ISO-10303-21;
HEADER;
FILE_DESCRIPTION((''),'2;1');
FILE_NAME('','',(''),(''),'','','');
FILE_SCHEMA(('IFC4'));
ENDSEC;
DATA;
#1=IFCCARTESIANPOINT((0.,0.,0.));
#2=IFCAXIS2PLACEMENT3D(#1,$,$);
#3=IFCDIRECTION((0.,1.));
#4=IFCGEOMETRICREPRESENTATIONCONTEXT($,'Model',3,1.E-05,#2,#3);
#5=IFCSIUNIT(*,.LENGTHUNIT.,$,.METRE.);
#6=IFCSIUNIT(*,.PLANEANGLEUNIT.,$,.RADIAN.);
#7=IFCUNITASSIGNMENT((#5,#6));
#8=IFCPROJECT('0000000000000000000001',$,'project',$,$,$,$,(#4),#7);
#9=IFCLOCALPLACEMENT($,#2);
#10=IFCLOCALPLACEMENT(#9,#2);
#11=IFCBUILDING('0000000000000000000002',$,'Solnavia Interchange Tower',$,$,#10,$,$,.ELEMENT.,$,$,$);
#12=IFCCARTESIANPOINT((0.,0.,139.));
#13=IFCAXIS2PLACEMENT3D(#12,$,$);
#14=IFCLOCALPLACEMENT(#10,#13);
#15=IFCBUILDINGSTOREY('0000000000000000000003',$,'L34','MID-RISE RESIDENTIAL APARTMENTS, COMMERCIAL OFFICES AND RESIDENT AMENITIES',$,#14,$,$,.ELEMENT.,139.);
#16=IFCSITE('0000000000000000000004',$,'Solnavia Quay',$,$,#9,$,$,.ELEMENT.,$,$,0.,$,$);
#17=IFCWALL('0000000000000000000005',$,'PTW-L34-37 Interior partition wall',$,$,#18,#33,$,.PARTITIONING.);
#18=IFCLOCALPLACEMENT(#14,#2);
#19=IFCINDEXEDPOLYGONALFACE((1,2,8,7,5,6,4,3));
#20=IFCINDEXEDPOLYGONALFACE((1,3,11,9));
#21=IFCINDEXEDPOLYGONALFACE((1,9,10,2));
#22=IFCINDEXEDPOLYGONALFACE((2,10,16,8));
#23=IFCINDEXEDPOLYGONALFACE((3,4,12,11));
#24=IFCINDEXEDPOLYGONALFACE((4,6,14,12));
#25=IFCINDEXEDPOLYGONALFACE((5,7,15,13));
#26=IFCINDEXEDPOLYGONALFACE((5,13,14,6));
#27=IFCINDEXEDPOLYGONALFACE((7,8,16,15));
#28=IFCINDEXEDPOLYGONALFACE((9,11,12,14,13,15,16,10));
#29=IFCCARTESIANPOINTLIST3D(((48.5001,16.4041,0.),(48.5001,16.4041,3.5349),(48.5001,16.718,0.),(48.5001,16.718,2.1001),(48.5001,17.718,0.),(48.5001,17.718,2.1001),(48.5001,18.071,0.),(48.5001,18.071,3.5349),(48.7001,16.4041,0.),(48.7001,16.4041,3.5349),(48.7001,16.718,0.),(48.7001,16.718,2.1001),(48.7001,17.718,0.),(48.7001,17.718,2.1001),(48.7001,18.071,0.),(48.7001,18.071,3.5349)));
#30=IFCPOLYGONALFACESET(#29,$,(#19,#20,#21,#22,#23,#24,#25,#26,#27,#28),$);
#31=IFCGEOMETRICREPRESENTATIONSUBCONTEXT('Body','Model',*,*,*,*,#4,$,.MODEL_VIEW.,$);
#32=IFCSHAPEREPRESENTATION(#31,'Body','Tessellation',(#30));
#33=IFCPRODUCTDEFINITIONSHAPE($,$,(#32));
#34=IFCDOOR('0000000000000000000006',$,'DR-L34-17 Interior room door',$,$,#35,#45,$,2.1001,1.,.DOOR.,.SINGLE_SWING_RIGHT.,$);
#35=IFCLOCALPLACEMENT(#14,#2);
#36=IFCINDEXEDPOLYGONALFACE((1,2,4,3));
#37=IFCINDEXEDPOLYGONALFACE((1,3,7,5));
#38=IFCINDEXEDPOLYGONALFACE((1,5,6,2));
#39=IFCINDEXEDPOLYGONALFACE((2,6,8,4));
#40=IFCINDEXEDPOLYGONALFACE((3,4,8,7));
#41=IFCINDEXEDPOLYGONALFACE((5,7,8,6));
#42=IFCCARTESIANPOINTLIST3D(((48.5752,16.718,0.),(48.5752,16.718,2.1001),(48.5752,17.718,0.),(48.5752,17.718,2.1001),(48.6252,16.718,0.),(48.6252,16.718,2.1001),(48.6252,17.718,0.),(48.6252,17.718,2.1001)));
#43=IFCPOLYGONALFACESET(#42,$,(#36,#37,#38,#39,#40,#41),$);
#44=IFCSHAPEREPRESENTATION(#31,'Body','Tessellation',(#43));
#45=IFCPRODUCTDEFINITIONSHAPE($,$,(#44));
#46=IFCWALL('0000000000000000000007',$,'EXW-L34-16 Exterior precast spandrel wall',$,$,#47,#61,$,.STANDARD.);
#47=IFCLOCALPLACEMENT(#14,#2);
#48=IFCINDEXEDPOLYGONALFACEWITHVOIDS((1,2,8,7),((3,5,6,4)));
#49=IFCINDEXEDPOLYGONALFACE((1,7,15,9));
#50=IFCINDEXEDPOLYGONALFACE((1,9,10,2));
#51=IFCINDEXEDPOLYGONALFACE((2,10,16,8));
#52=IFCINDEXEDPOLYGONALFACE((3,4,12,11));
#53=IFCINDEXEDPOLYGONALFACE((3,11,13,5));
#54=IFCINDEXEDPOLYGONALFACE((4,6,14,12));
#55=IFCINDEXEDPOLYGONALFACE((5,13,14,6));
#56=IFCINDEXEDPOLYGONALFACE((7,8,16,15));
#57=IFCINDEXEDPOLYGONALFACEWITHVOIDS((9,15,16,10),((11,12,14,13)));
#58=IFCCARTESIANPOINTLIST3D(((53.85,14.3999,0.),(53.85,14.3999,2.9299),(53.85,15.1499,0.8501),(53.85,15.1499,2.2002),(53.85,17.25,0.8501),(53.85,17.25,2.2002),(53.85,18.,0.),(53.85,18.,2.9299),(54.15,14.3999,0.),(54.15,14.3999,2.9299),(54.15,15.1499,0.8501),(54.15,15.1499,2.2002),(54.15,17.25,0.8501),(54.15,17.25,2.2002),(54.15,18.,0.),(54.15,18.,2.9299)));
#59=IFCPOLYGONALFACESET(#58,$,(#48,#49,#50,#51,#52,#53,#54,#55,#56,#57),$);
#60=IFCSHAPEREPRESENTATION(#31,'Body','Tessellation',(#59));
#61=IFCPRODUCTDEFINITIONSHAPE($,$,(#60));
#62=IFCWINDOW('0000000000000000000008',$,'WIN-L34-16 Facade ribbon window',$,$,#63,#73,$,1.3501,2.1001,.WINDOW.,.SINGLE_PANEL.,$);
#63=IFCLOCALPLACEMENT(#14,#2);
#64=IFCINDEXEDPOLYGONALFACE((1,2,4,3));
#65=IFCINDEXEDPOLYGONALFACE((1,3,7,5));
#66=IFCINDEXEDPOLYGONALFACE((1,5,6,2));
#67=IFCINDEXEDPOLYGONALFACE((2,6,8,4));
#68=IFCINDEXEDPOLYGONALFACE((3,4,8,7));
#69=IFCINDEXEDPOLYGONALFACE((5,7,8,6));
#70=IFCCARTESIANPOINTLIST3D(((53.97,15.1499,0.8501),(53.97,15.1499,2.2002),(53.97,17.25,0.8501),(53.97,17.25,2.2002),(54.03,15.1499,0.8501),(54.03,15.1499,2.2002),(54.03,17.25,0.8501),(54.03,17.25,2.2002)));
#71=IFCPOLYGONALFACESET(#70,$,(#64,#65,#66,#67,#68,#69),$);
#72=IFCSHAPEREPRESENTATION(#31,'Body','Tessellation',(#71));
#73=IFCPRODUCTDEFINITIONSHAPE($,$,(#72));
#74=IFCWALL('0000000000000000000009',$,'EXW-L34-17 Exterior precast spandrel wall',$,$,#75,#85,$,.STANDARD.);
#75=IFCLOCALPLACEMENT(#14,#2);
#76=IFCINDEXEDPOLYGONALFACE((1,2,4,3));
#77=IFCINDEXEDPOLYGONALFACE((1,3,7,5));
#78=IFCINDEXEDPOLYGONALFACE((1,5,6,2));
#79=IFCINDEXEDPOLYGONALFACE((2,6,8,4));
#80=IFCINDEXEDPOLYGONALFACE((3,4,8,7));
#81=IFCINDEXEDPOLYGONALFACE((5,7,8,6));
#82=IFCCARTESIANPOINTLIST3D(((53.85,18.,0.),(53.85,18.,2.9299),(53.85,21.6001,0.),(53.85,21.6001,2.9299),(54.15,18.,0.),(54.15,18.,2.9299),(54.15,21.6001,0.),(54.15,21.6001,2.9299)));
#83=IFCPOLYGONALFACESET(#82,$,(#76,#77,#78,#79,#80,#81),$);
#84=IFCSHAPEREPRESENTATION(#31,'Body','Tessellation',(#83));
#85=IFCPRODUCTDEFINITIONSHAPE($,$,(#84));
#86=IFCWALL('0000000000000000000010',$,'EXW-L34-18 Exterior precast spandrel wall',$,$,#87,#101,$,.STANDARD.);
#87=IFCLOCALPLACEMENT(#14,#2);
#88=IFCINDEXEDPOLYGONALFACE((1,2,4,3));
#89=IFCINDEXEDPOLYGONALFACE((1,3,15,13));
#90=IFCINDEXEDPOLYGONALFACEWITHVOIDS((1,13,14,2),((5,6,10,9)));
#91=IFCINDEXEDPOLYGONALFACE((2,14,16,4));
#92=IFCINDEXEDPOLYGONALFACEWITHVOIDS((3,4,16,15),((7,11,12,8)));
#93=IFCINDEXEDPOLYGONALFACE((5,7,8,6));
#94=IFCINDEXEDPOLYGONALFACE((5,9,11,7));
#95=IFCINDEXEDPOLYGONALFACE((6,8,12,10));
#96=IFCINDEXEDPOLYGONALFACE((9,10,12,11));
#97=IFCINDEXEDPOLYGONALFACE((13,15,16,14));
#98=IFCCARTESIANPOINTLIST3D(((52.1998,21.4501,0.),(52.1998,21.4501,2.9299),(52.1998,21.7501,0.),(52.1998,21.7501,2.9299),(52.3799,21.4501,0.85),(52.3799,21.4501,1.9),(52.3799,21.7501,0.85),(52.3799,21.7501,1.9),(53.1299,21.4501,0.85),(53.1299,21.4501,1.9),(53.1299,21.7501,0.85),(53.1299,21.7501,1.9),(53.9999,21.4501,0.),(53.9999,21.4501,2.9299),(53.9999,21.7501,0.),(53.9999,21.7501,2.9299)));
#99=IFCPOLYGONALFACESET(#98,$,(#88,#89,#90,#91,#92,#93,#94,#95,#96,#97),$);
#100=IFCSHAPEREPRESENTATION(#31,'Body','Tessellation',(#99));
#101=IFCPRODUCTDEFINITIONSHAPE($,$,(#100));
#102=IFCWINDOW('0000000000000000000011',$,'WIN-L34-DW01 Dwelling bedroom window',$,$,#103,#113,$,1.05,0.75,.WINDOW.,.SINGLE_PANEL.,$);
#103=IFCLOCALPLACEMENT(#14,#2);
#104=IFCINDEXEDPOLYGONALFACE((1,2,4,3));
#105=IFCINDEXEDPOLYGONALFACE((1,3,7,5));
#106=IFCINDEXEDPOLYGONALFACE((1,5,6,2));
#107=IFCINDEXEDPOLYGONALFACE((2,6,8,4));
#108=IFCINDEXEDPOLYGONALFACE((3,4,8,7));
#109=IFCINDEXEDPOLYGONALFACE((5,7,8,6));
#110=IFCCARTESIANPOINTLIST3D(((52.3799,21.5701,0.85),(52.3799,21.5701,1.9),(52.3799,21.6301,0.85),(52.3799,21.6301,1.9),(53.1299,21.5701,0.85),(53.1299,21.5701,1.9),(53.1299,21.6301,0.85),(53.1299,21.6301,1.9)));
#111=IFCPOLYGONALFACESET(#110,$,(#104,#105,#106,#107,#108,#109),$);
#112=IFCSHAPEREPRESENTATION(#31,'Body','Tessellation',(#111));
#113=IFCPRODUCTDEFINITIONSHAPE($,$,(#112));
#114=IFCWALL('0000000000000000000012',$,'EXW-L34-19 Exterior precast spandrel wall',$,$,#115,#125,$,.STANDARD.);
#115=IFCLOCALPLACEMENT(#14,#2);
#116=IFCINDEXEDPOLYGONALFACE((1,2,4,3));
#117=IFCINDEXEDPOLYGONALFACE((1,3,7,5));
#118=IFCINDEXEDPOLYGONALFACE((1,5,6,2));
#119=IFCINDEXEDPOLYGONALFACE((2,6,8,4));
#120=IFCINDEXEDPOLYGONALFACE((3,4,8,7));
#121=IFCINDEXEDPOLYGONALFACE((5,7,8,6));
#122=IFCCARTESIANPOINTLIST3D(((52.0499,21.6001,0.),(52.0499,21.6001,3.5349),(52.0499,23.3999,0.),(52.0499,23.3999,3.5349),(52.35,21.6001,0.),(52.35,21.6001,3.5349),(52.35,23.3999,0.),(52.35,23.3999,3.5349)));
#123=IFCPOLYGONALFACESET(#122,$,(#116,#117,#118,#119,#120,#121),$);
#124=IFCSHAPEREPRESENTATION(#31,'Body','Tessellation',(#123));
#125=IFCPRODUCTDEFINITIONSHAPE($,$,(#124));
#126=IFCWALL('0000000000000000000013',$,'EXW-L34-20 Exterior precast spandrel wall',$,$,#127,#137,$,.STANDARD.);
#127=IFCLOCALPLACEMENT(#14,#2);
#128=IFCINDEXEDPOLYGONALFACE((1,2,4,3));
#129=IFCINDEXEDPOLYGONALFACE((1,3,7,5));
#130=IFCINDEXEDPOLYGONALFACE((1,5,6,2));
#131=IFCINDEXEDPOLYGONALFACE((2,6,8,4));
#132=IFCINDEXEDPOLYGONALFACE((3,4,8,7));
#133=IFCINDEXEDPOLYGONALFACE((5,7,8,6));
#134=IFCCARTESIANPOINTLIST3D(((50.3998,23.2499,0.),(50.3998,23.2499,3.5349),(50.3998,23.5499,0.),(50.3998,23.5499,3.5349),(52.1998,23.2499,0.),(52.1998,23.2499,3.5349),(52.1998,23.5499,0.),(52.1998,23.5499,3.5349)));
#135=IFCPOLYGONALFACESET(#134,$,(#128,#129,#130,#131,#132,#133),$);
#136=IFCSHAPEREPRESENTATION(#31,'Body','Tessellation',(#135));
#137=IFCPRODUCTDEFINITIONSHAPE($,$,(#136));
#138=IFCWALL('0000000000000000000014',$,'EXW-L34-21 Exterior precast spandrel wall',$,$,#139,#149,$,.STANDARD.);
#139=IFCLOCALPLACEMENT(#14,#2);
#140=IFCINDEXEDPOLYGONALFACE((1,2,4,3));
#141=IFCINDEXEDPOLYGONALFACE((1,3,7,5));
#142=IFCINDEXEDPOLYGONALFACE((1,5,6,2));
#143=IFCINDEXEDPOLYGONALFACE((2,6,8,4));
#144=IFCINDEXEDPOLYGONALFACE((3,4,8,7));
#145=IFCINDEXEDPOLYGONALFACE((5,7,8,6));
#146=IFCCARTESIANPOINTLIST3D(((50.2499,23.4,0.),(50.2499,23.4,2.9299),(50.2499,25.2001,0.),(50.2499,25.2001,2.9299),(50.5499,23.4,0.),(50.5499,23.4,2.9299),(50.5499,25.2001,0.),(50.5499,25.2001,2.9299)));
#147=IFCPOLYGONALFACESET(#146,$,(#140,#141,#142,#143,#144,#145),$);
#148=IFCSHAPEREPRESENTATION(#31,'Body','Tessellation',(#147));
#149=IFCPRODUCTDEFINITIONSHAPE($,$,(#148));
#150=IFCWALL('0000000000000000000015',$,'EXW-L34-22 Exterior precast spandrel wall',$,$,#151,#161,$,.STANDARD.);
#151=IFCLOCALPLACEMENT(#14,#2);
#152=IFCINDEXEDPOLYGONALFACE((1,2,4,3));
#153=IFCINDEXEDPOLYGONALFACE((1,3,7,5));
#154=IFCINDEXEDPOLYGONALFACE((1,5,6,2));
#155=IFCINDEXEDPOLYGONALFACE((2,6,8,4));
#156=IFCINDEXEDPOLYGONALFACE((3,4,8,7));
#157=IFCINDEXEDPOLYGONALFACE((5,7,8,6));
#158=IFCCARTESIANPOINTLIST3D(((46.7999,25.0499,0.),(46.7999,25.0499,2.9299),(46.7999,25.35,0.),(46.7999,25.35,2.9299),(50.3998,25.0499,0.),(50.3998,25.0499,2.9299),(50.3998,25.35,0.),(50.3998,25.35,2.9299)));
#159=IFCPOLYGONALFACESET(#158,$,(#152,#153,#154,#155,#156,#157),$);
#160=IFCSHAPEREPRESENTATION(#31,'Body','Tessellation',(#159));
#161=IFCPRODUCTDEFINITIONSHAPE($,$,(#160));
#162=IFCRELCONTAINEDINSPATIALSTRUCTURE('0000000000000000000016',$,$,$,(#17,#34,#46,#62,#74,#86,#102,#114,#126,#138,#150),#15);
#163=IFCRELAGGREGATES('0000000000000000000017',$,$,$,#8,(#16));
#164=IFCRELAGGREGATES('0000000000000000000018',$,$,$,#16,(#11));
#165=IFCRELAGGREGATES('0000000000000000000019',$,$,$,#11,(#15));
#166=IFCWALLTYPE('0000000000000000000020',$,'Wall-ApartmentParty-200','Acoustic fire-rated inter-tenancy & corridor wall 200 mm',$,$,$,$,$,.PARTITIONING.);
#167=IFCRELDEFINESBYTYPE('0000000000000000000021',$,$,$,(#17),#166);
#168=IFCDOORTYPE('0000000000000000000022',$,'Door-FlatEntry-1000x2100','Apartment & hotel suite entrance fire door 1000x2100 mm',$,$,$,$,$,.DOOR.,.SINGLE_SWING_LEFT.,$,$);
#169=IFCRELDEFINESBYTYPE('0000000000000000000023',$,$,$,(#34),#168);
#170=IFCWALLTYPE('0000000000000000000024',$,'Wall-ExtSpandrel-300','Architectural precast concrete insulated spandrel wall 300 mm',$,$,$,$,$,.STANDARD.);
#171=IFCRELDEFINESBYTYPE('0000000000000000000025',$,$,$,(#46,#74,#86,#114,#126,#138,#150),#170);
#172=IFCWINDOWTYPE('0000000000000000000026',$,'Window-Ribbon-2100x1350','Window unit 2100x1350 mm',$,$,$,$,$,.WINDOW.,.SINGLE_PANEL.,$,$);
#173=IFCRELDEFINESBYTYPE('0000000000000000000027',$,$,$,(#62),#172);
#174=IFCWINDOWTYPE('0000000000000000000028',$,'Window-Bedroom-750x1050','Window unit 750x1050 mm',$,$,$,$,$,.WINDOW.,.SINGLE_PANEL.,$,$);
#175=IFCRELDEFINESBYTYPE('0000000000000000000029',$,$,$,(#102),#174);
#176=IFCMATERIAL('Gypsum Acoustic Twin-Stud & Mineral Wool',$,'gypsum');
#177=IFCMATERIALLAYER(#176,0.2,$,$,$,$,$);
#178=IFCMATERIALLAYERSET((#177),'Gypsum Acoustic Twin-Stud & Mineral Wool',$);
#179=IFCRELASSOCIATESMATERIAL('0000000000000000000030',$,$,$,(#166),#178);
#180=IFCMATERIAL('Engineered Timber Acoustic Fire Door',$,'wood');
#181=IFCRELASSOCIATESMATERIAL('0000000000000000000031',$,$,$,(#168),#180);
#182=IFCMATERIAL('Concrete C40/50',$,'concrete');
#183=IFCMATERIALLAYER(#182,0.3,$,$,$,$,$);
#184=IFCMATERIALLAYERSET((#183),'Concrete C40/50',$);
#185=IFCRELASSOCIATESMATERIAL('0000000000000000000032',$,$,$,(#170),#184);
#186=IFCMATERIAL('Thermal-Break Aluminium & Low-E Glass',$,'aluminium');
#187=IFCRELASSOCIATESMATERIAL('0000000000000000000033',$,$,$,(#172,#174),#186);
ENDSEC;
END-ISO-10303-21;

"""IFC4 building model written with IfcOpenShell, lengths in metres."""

from ifc_helpers import new_model, si_unit, direction, frame, frame_2d, origin, place, context, subcontext, project, spatial, rectangle, extrude, material, layer, layer_set, type_object, element, fill, save


model = new_model("IFC4")

# Units and contexts
model_context = context("Model", 3, precision=1e-05, world=origin(), true_north=direction((0.0, 1.0)))
body_context = subcontext(model_context, "Body", "Model", "MODEL_VIEW")
ifc_project = project(units=[si_unit("LENGTHUNIT", "METRE"), si_unit("PLANEANGLEUNIT", "RADIAN")], contexts=[model_context])

# Site, building, storey
site_placement = place(None, origin())
site = spatial("IfcSite", under=ifc_project, at=site_placement, Name="Solnavia Quay", CompositionType="ELEMENT", RefElevation=0.0)
building_placement = place(site_placement, origin())
building = spatial("IfcBuilding", under=site, at=building_placement, Name="Solnavia Interchange Tower", CompositionType="ELEMENT")
storey_placement = place(building_placement, frame((0.0, 0.0, 139.0)))
storey = spatial("IfcBuildingStorey", under=building, at=storey_placement, Name="L34", Description="MID-RISE RESIDENTIAL APARTMENTS, COMMERCIAL OFFICES AND RESIDENT AMENITIES", CompositionType="ELEMENT", Elevation=139.0)

# Shared definitions
ifc_material_1 = material(Name="Gypsum Acoustic Twin-Stud & Mineral Wool", Category="gypsum")
ifc_layer_1 = layer(ifc_material_1, 0.2)
ifc_layer_set_1 = layer_set([ifc_layer_1], Name="Gypsum Acoustic Twin-Stud & Mineral Wool")
wall_type_1 = type_object("IfcWallType", Name="Wall-ApartmentParty-200", Description="Acoustic fire-rated inter-tenancy & corridor wall 200 mm", PredefinedType="PARTITIONING", material=ifc_layer_set_1)

# Wall, opening, door
wall_1_placement = place(storey_placement, frame((48.6001, 16.4041, 0.0), z_axis=(0.0, 0.0, 1.0), x_axis=(0.0, 1.0, 0.0)))
wall_1 = element("IfcWall", 1, at=wall_1_placement, inside=storey, type_object=wall_type_1, Name="PTW-L34-37 Interior partition wall", PredefinedType="PARTITIONING", context=body_context, shape_type="SweptSolid", body=[
    extrude(rectangle(XDim=1.667, YDim=0.2, at=frame_2d((0.8335, 0.0))), origin(), (0.0, 0.0, 1.0), 3.5349),
])
opening_1_placement = place(wall_1_placement, frame((0.314, 0.0, 0.0)))
opening_1 = element("IfcOpeningElement", 2, at=opening_1_placement, cuts=wall_1, PredefinedType="OPENING", context=body_context, shape_type="SweptSolid", body=[
    extrude(rectangle(XDim=1.0, YDim=2.1001, at=frame_2d((0.5, 1.05))), frame((0.0, 0.1099, 0.0), z_axis=(0.0, -1.0, 0.0), x_axis=(1.0, 0.0, 0.0)), (0.0, 0.0, 1.0), 0.22),
])
ifc_material_2 = material(Name="Engineered Timber Acoustic Fire Door", Category="wood")
door_type_1 = type_object("IfcDoorType", Name="Door-FlatEntry-1000x2100", Description="Apartment & hotel suite entrance fire door 1000x2100 mm", OperationType="SINGLE_SWING_LEFT", PredefinedType="DOOR", material=ifc_material_2)
door_1_placement = place(opening_1_placement, origin())
door_1 = element("IfcDoor", 3, at=door_1_placement, inside=storey, type_object=door_type_1, Name="DR-L34-17 Interior room door", OperationType="SINGLE_SWING_RIGHT", OverallHeight=2.1001, OverallWidth=1.0, PredefinedType="DOOR", context=body_context, shape_type="SweptSolid", body=[
    extrude(rectangle(XDim=1.0, YDim=2.1001, at=frame_2d((0.5, 1.05))), frame((0.0, 0.0249, 0.0), z_axis=(0.0, -1.0, 0.0), x_axis=(1.0, 0.0, 0.0)), (0.0, 0.0, 1.0), 0.05),
])
fill(opening_1, door_1)

# Wall, opening, window
ifc_material_3 = material(Name="Concrete C40/50", Category="concrete")
ifc_layer_2 = layer(ifc_material_3, 0.3)
ifc_layer_set_2 = layer_set([ifc_layer_2], Name="Concrete C40/50")
wall_type_2 = type_object("IfcWallType", Name="Wall-ExtSpandrel-300", Description="Architectural precast concrete insulated spandrel wall 300 mm", PredefinedType="STANDARD", material=ifc_layer_set_2)
wall_2_placement = place(storey_placement, frame((54.0, 18.0, 0.0), z_axis=(0.0, 0.0, 1.0), x_axis=(0.0, -1.0, 0.0)))
wall_2 = element("IfcWall", 4, at=wall_2_placement, inside=storey, type_object=wall_type_2, Name="EXW-L34-16 Exterior precast spandrel wall", PredefinedType="STANDARD", context=body_context, shape_type="SweptSolid", body=[
    extrude(rectangle(XDim=3.6001, YDim=0.3, at=frame_2d((1.8, 0.0))), origin(), (0.0, 0.0, 1.0), 2.9299),
])
opening_2_placement = place(wall_2_placement, frame((0.75, 0.0, 0.8501)))
opening_2 = element("IfcOpeningElement", 5, at=opening_2_placement, cuts=wall_2, PredefinedType="OPENING", context=body_context, shape_type="SweptSolid", body=[
    extrude(rectangle(XDim=2.1001, YDim=1.3501, at=frame_2d((1.05, 0.675))), frame((0.0, 0.1602, 0.0), z_axis=(0.0, -1.0, 0.0), x_axis=(1.0, 0.0, 0.0)), (0.0, 0.0, 1.0), 0.3201),
])
ifc_material_4 = material(Name="Thermal-Break Aluminium & Low-E Glass", Category="aluminium")
window_type_1 = type_object("IfcWindowType", Name="Window-Ribbon-2100x1350", Description="Window unit 2100x1350 mm", PartitioningType="SINGLE_PANEL", PredefinedType="WINDOW", material=ifc_material_4)
window_1_placement = place(opening_2_placement, origin())
window_1 = element("IfcWindow", 6, at=window_1_placement, inside=storey, type_object=window_type_1, Name="WIN-L34-16 Facade ribbon window", OverallHeight=1.3501, OverallWidth=2.1001, PartitioningType="SINGLE_PANEL", PredefinedType="WINDOW", context=body_context, shape_type="SweptSolid", body=[
    extrude(rectangle(XDim=2.1001, YDim=1.3501, at=frame_2d((1.05, 0.675))), frame((0.0, 0.03, 0.0), z_axis=(0.0, -1.0, 0.0), x_axis=(1.0, 0.0, 0.0)), (0.0, 0.0, 1.0), 0.0601),
])
fill(opening_2, window_1)

# Wall
wall_3_placement = place(storey_placement, frame((54.0, 21.6001, 0.0), z_axis=(0.0, 0.0, 1.0), x_axis=(0.0, -1.0, 0.0)))
element("IfcWall", 7, at=wall_3_placement, inside=storey, type_object=wall_type_2, Name="EXW-L34-17 Exterior precast spandrel wall", PredefinedType="STANDARD", context=body_context, shape_type="SweptSolid", body=[
    extrude(rectangle(XDim=3.6001, YDim=0.3, at=frame_2d((1.8, 0.0))), origin(), (0.0, 0.0, 1.0), 2.9299),
])

# Wall, opening, window
wall_4_placement = place(storey_placement, frame((52.2, 21.6001, 0.0), z_axis=(0.0, 0.0, 1.0), x_axis=(1.0, 0.0, 0.0)))
wall_4 = element("IfcWall", 8, at=wall_4_placement, inside=storey, type_object=wall_type_2, Name="EXW-L34-18 Exterior precast spandrel wall", PredefinedType="STANDARD", context=body_context, shape_type="SweptSolid", body=[
    extrude(rectangle(XDim=1.8, YDim=0.3, at=frame_2d((0.8999, 0.0))), origin(), (0.0, 0.0, 1.0), 2.9299),
])
opening_3_placement = place(wall_4_placement, frame((0.1799, 0.0, 0.8501)))
opening_3 = element("IfcOpeningElement", 9, at=opening_3_placement, cuts=wall_4, PredefinedType="OPENING", context=body_context, shape_type="SweptSolid", body=[
    extrude(rectangle(XDim=0.75, YDim=1.05, at=frame_2d((0.375, 0.5249))), frame((0.0, 0.1602, 0.0), z_axis=(0.0, -1.0, 0.0), x_axis=(1.0, 0.0, 0.0)), (0.0, 0.0, 1.0), 0.3201),
])
window_type_2 = type_object("IfcWindowType", Name="Window-Bedroom-750x1050", Description="Window unit 750x1050 mm", PartitioningType="SINGLE_PANEL", PredefinedType="WINDOW", material=ifc_material_4)
window_2_placement = place(opening_3_placement, origin())
window_2 = element("IfcWindow", 10, at=window_2_placement, inside=storey, type_object=window_type_2, Name="WIN-L34-DW01 Dwelling bedroom window", OverallHeight=1.05, OverallWidth=0.75, PartitioningType="SINGLE_PANEL", PredefinedType="WINDOW", context=body_context, shape_type="SweptSolid", body=[
    extrude(rectangle(XDim=0.75, YDim=1.05, at=frame_2d((0.375, 0.5249))), frame((0.0, 0.03, 0.0), z_axis=(0.0, -1.0, 0.0), x_axis=(1.0, 0.0, 0.0)), (0.0, 0.0, 1.0), 0.0601),
])
fill(opening_3, window_2)

# Walls
wall_5_placement = place(storey_placement, frame((52.2, 23.3999, 0.0), z_axis=(0.0, 0.0, 1.0), x_axis=(0.0, -1.0, 0.0)))
element("IfcWall", 11, at=wall_5_placement, inside=storey, type_object=wall_type_2, Name="EXW-L34-19 Exterior precast spandrel wall", PredefinedType="STANDARD", context=body_context, shape_type="SweptSolid", body=[
    extrude(rectangle(XDim=1.7998, YDim=0.3, at=frame_2d((0.8999, 0.0))), origin(), (0.0, 0.0, 1.0), 3.5349),
])
wall_6_placement = place(storey_placement, frame((50.3999, 23.3999, 0.0), z_axis=(0.0, 0.0, 1.0), x_axis=(1.0, 0.0, 0.0)))
element("IfcWall", 12, at=wall_6_placement, inside=storey, type_object=wall_type_2, Name="EXW-L34-20 Exterior precast spandrel wall", PredefinedType="STANDARD", context=body_context, shape_type="SweptSolid", body=[
    extrude(rectangle(XDim=1.8, YDim=0.3, at=frame_2d((0.8999, 0.0))), origin(), (0.0, 0.0, 1.0), 3.5349),
])
wall_7_placement = place(storey_placement, frame((50.3999, 25.2, 0.0), z_axis=(0.0, 0.0, 1.0), x_axis=(0.0, -1.0, 0.0)))
element("IfcWall", 13, at=wall_7_placement, inside=storey, type_object=wall_type_2, Name="EXW-L34-21 Exterior precast spandrel wall", PredefinedType="STANDARD", context=body_context, shape_type="SweptSolid", body=[
    extrude(rectangle(XDim=1.8, YDim=0.3, at=frame_2d((0.8999, 0.0))), origin(), (0.0, 0.0, 1.0), 2.9299),
])
wall_8_placement = place(storey_placement, frame((46.8, 25.2, 0.0), z_axis=(0.0, 0.0, 1.0), x_axis=(1.0, 0.0, 0.0)))
element("IfcWall", 14, at=wall_8_placement, inside=storey, type_object=wall_type_2, Name="EXW-L34-22 Exterior precast spandrel wall", PredefinedType="STANDARD", context=body_context, shape_type="SweptSolid", body=[
    extrude(rectangle(XDim=3.5999, YDim=0.3, at=frame_2d((1.7998, 0.0))), origin(), (0.0, 0.0, 1.0), 2.9299),
])

save(model, "model.ifc")
